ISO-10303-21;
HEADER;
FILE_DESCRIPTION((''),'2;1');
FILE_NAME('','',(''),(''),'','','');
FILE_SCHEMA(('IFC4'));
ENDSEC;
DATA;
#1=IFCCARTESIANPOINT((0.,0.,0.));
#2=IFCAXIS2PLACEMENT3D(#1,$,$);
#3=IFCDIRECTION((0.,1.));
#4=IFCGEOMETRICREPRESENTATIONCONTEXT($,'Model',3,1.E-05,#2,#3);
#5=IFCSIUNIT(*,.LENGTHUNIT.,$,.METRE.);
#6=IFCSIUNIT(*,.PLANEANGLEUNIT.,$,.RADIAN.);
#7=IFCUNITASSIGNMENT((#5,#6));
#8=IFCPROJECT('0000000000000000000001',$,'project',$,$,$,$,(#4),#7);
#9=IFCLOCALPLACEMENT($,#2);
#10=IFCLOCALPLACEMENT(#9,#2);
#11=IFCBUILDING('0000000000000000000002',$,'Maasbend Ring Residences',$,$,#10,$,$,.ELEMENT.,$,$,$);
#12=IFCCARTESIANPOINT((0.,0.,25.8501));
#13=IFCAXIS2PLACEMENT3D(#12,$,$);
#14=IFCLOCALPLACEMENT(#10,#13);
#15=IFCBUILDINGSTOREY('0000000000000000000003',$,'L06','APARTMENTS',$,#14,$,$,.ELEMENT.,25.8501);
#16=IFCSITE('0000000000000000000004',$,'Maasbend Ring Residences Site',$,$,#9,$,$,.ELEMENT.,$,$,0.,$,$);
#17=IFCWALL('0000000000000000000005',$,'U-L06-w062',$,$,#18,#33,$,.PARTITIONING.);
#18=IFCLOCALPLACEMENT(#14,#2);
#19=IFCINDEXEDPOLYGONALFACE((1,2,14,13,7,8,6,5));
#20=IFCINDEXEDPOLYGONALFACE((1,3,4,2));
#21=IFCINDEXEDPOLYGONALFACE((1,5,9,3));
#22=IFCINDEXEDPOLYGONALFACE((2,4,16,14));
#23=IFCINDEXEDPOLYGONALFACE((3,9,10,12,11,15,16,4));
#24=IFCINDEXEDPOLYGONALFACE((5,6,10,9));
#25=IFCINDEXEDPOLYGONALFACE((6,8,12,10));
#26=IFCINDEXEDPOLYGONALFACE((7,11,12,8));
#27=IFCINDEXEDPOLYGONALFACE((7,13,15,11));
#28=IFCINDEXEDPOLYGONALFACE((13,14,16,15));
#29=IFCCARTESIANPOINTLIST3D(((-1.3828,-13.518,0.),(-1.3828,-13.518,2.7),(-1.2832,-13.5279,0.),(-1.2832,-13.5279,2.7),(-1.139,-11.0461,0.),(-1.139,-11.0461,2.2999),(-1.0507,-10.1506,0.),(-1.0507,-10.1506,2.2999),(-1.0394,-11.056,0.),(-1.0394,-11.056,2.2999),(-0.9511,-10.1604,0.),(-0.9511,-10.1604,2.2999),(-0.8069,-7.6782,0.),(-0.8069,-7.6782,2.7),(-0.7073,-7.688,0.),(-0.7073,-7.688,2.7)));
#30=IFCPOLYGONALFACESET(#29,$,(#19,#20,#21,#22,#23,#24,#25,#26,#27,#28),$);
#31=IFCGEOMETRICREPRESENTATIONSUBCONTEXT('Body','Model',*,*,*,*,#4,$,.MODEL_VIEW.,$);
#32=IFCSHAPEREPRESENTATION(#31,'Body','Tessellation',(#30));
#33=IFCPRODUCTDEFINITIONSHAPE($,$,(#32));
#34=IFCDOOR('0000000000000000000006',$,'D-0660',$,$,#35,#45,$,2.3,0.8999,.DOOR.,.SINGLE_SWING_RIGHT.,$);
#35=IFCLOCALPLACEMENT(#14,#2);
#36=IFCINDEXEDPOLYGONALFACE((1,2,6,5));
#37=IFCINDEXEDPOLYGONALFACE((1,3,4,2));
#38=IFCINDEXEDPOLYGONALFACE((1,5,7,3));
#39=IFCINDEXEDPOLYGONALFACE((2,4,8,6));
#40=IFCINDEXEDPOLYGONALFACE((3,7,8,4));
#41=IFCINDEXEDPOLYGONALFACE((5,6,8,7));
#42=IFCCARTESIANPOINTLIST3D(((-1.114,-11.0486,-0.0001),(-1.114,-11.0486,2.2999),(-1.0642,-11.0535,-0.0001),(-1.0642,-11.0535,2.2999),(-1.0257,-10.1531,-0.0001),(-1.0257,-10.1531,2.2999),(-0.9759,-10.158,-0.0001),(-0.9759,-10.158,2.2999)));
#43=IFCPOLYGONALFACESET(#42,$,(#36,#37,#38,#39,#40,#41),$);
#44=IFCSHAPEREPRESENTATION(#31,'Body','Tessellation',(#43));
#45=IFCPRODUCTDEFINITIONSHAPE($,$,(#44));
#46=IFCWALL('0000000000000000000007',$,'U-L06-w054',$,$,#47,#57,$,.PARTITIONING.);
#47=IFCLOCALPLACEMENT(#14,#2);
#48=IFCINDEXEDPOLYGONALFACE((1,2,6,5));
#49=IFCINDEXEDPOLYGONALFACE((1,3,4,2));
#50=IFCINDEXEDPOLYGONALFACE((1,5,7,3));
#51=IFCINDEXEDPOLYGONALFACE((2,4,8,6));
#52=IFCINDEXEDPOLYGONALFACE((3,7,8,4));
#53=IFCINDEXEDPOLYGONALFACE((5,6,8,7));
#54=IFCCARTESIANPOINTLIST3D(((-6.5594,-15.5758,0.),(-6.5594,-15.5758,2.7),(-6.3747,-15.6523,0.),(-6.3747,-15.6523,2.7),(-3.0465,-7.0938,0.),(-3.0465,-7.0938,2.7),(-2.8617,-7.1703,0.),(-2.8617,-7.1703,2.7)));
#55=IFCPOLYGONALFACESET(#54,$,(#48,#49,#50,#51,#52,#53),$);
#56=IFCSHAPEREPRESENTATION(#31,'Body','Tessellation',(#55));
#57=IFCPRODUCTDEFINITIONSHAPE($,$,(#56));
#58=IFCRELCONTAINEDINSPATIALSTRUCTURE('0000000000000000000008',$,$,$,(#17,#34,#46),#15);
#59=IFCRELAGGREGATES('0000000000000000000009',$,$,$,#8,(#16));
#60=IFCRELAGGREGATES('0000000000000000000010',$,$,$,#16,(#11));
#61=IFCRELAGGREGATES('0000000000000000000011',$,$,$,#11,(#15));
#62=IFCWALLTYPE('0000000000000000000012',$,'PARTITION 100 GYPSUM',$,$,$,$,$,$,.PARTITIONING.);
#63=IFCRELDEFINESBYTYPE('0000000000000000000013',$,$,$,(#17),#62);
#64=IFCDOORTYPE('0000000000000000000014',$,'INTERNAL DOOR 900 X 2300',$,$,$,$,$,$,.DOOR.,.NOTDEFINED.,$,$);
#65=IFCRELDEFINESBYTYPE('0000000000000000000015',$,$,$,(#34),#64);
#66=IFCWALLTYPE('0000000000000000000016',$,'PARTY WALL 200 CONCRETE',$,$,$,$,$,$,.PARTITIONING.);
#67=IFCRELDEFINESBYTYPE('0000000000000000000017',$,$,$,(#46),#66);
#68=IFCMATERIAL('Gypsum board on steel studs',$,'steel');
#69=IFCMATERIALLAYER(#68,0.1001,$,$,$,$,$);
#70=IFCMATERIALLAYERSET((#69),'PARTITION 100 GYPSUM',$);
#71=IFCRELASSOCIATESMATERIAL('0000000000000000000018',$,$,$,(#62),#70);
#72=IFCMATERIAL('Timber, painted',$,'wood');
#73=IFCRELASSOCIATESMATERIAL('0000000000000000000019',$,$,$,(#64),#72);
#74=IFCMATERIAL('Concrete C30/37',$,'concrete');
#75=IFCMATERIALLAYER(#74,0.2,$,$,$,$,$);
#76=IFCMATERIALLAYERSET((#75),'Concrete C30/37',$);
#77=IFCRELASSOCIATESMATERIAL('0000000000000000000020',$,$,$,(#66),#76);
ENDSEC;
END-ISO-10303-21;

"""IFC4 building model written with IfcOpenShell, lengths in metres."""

from ifc_helpers import new_model, si_unit, direction, frame, frame_2d, origin, place, context, subcontext, project, spatial, rectangle, extrude, material, layer, layer_set, type_object, element, fill, save


model = new_model("IFC4")

# Units and contexts
model_context = context("Model", 3, precision=1e-05, world=origin(), true_north=direction((0.0, 1.0)))
body_context = subcontext(model_context, "Body", "Model", "MODEL_VIEW")
ifc_project = project(units=[si_unit("LENGTHUNIT", "METRE"), si_unit("PLANEANGLEUNIT", "RADIAN")], contexts=[model_context])

# Site, building, storey
site_placement = place(None, origin())
site = spatial("IfcSite", under=ifc_project, at=site_placement, Name="Maasbend Ring Residences Site", CompositionType="ELEMENT", RefElevation=0.0)
building_placement = place(site_placement, origin())
building = spatial("IfcBuilding", under=site, at=building_placement, Name="Maasbend Ring Residences", CompositionType="ELEMENT")
storey_placement = place(building_placement, frame((0.0, 0.0, 25.8501)))
storey = spatial("IfcBuildingStorey", under=building, at=storey_placement, Name="L06", Description="APARTMENTS", CompositionType="ELEMENT", Elevation=25.8501)

# Shared definitions
ifc_material_1 = material(Name="Gypsum board on steel studs", Category="steel")
ifc_layer_1 = layer(ifc_material_1, 0.1001)
ifc_layer_set_1 = layer_set([ifc_layer_1], Name="PARTITION 100 GYPSUM")
wall_type_1 = type_object("IfcWallType", Name="PARTITION 100 GYPSUM", PredefinedType="PARTITIONING", material=ifc_layer_set_1)

# Shared definitions
ifc_material_2 = material(Name="Timber, painted", Category="wood")
door_type_1 = type_object("IfcDoorType", Name="INTERNAL DOOR 900 X 2300", OperationType="NOTDEFINED", PredefinedType="DOOR", material=ifc_material_2)

# Wall, opening, door
wall_1_placement = place(storey_placement, frame((-1.333, -13.5229, 0.0), z_axis=(0.0, 0.0, 1.0), x_axis=(0.098144, 0.995172, 0.0)))
wall_1 = element("IfcWall", 1, at=wall_1_placement, inside=storey, type_object=wall_type_1, Name="U-L06-w062", PredefinedType="PARTITIONING", context=body_context, shape_type="SweptSolid", body=[
    extrude(rectangle(XDim=5.8682, YDim=0.1001, at=frame_2d((2.9341, 0.0))), origin(), (0.0, 0.0, 1.0), 2.7),
])
opening_1_placement = place(wall_1_placement, frame((2.4839, 0.0, 0.0)))
opening_1 = element("IfcOpeningElement", 2, at=opening_1_placement, cuts=wall_1, PredefinedType="OPENING", context=body_context, shape_type="SweptSolid", body=[
    extrude(rectangle(XDim=0.8999, YDim=2.3, at=frame_2d((0.45, 1.1499))), frame((0.0, 0.0601, 0.0), z_axis=(0.0, -1.0, 0.0), x_axis=(1.0, 0.0, 0.0)), (0.0, 0.0, 1.0), 0.1201),
])
door_1_placement = place(opening_1_placement, origin())
door_1 = element("IfcDoor", 3, at=door_1_placement, inside=storey, type_object=door_type_1, Name="D-0660", OperationType="SINGLE_SWING_RIGHT", OverallHeight=2.3, OverallWidth=0.8999, PredefinedType="DOOR", context=body_context, shape_type="SweptSolid", body=[
    extrude(rectangle(XDim=0.8999, YDim=2.3, at=frame_2d((0.45, 1.1499))), frame((0.0, 0.0249, 0.0), z_axis=(0.0, -1.0, 0.0), x_axis=(1.0, 0.0, 0.0)), (0.0, 0.0, 1.0), 0.05),
])
fill(opening_1, door_1)

# Wall
ifc_material_3 = material(Name="Concrete C30/37", Category="concrete")
ifc_layer_2 = layer(ifc_material_3, 0.2)
ifc_layer_set_2 = layer_set([ifc_layer_2], Name="Concrete C30/37")
wall_type_2 = type_object("IfcWallType", Name="PARTY WALL 200 CONCRETE", PredefinedType="PARTITIONING", material=ifc_layer_set_2)
wall_2_placement = place(storey_placement, frame((-6.467, -15.614, 0.0), z_axis=(0.0, 0.0, 1.0), x_axis=(0.382647, 0.923895, 0.0)))
element("IfcWall", 4, at=wall_2_placement, inside=storey, type_object=wall_type_2, Name="U-L06-w054", PredefinedType="PARTITIONING", context=body_context, shape_type="SweptSolid", body=[
    extrude(rectangle(XDim=9.1807, YDim=0.2, at=frame_2d((4.5903, 0.0))), origin(), (0.0, 0.0, 1.0), 2.7),
])

save(model, "model.ifc")
